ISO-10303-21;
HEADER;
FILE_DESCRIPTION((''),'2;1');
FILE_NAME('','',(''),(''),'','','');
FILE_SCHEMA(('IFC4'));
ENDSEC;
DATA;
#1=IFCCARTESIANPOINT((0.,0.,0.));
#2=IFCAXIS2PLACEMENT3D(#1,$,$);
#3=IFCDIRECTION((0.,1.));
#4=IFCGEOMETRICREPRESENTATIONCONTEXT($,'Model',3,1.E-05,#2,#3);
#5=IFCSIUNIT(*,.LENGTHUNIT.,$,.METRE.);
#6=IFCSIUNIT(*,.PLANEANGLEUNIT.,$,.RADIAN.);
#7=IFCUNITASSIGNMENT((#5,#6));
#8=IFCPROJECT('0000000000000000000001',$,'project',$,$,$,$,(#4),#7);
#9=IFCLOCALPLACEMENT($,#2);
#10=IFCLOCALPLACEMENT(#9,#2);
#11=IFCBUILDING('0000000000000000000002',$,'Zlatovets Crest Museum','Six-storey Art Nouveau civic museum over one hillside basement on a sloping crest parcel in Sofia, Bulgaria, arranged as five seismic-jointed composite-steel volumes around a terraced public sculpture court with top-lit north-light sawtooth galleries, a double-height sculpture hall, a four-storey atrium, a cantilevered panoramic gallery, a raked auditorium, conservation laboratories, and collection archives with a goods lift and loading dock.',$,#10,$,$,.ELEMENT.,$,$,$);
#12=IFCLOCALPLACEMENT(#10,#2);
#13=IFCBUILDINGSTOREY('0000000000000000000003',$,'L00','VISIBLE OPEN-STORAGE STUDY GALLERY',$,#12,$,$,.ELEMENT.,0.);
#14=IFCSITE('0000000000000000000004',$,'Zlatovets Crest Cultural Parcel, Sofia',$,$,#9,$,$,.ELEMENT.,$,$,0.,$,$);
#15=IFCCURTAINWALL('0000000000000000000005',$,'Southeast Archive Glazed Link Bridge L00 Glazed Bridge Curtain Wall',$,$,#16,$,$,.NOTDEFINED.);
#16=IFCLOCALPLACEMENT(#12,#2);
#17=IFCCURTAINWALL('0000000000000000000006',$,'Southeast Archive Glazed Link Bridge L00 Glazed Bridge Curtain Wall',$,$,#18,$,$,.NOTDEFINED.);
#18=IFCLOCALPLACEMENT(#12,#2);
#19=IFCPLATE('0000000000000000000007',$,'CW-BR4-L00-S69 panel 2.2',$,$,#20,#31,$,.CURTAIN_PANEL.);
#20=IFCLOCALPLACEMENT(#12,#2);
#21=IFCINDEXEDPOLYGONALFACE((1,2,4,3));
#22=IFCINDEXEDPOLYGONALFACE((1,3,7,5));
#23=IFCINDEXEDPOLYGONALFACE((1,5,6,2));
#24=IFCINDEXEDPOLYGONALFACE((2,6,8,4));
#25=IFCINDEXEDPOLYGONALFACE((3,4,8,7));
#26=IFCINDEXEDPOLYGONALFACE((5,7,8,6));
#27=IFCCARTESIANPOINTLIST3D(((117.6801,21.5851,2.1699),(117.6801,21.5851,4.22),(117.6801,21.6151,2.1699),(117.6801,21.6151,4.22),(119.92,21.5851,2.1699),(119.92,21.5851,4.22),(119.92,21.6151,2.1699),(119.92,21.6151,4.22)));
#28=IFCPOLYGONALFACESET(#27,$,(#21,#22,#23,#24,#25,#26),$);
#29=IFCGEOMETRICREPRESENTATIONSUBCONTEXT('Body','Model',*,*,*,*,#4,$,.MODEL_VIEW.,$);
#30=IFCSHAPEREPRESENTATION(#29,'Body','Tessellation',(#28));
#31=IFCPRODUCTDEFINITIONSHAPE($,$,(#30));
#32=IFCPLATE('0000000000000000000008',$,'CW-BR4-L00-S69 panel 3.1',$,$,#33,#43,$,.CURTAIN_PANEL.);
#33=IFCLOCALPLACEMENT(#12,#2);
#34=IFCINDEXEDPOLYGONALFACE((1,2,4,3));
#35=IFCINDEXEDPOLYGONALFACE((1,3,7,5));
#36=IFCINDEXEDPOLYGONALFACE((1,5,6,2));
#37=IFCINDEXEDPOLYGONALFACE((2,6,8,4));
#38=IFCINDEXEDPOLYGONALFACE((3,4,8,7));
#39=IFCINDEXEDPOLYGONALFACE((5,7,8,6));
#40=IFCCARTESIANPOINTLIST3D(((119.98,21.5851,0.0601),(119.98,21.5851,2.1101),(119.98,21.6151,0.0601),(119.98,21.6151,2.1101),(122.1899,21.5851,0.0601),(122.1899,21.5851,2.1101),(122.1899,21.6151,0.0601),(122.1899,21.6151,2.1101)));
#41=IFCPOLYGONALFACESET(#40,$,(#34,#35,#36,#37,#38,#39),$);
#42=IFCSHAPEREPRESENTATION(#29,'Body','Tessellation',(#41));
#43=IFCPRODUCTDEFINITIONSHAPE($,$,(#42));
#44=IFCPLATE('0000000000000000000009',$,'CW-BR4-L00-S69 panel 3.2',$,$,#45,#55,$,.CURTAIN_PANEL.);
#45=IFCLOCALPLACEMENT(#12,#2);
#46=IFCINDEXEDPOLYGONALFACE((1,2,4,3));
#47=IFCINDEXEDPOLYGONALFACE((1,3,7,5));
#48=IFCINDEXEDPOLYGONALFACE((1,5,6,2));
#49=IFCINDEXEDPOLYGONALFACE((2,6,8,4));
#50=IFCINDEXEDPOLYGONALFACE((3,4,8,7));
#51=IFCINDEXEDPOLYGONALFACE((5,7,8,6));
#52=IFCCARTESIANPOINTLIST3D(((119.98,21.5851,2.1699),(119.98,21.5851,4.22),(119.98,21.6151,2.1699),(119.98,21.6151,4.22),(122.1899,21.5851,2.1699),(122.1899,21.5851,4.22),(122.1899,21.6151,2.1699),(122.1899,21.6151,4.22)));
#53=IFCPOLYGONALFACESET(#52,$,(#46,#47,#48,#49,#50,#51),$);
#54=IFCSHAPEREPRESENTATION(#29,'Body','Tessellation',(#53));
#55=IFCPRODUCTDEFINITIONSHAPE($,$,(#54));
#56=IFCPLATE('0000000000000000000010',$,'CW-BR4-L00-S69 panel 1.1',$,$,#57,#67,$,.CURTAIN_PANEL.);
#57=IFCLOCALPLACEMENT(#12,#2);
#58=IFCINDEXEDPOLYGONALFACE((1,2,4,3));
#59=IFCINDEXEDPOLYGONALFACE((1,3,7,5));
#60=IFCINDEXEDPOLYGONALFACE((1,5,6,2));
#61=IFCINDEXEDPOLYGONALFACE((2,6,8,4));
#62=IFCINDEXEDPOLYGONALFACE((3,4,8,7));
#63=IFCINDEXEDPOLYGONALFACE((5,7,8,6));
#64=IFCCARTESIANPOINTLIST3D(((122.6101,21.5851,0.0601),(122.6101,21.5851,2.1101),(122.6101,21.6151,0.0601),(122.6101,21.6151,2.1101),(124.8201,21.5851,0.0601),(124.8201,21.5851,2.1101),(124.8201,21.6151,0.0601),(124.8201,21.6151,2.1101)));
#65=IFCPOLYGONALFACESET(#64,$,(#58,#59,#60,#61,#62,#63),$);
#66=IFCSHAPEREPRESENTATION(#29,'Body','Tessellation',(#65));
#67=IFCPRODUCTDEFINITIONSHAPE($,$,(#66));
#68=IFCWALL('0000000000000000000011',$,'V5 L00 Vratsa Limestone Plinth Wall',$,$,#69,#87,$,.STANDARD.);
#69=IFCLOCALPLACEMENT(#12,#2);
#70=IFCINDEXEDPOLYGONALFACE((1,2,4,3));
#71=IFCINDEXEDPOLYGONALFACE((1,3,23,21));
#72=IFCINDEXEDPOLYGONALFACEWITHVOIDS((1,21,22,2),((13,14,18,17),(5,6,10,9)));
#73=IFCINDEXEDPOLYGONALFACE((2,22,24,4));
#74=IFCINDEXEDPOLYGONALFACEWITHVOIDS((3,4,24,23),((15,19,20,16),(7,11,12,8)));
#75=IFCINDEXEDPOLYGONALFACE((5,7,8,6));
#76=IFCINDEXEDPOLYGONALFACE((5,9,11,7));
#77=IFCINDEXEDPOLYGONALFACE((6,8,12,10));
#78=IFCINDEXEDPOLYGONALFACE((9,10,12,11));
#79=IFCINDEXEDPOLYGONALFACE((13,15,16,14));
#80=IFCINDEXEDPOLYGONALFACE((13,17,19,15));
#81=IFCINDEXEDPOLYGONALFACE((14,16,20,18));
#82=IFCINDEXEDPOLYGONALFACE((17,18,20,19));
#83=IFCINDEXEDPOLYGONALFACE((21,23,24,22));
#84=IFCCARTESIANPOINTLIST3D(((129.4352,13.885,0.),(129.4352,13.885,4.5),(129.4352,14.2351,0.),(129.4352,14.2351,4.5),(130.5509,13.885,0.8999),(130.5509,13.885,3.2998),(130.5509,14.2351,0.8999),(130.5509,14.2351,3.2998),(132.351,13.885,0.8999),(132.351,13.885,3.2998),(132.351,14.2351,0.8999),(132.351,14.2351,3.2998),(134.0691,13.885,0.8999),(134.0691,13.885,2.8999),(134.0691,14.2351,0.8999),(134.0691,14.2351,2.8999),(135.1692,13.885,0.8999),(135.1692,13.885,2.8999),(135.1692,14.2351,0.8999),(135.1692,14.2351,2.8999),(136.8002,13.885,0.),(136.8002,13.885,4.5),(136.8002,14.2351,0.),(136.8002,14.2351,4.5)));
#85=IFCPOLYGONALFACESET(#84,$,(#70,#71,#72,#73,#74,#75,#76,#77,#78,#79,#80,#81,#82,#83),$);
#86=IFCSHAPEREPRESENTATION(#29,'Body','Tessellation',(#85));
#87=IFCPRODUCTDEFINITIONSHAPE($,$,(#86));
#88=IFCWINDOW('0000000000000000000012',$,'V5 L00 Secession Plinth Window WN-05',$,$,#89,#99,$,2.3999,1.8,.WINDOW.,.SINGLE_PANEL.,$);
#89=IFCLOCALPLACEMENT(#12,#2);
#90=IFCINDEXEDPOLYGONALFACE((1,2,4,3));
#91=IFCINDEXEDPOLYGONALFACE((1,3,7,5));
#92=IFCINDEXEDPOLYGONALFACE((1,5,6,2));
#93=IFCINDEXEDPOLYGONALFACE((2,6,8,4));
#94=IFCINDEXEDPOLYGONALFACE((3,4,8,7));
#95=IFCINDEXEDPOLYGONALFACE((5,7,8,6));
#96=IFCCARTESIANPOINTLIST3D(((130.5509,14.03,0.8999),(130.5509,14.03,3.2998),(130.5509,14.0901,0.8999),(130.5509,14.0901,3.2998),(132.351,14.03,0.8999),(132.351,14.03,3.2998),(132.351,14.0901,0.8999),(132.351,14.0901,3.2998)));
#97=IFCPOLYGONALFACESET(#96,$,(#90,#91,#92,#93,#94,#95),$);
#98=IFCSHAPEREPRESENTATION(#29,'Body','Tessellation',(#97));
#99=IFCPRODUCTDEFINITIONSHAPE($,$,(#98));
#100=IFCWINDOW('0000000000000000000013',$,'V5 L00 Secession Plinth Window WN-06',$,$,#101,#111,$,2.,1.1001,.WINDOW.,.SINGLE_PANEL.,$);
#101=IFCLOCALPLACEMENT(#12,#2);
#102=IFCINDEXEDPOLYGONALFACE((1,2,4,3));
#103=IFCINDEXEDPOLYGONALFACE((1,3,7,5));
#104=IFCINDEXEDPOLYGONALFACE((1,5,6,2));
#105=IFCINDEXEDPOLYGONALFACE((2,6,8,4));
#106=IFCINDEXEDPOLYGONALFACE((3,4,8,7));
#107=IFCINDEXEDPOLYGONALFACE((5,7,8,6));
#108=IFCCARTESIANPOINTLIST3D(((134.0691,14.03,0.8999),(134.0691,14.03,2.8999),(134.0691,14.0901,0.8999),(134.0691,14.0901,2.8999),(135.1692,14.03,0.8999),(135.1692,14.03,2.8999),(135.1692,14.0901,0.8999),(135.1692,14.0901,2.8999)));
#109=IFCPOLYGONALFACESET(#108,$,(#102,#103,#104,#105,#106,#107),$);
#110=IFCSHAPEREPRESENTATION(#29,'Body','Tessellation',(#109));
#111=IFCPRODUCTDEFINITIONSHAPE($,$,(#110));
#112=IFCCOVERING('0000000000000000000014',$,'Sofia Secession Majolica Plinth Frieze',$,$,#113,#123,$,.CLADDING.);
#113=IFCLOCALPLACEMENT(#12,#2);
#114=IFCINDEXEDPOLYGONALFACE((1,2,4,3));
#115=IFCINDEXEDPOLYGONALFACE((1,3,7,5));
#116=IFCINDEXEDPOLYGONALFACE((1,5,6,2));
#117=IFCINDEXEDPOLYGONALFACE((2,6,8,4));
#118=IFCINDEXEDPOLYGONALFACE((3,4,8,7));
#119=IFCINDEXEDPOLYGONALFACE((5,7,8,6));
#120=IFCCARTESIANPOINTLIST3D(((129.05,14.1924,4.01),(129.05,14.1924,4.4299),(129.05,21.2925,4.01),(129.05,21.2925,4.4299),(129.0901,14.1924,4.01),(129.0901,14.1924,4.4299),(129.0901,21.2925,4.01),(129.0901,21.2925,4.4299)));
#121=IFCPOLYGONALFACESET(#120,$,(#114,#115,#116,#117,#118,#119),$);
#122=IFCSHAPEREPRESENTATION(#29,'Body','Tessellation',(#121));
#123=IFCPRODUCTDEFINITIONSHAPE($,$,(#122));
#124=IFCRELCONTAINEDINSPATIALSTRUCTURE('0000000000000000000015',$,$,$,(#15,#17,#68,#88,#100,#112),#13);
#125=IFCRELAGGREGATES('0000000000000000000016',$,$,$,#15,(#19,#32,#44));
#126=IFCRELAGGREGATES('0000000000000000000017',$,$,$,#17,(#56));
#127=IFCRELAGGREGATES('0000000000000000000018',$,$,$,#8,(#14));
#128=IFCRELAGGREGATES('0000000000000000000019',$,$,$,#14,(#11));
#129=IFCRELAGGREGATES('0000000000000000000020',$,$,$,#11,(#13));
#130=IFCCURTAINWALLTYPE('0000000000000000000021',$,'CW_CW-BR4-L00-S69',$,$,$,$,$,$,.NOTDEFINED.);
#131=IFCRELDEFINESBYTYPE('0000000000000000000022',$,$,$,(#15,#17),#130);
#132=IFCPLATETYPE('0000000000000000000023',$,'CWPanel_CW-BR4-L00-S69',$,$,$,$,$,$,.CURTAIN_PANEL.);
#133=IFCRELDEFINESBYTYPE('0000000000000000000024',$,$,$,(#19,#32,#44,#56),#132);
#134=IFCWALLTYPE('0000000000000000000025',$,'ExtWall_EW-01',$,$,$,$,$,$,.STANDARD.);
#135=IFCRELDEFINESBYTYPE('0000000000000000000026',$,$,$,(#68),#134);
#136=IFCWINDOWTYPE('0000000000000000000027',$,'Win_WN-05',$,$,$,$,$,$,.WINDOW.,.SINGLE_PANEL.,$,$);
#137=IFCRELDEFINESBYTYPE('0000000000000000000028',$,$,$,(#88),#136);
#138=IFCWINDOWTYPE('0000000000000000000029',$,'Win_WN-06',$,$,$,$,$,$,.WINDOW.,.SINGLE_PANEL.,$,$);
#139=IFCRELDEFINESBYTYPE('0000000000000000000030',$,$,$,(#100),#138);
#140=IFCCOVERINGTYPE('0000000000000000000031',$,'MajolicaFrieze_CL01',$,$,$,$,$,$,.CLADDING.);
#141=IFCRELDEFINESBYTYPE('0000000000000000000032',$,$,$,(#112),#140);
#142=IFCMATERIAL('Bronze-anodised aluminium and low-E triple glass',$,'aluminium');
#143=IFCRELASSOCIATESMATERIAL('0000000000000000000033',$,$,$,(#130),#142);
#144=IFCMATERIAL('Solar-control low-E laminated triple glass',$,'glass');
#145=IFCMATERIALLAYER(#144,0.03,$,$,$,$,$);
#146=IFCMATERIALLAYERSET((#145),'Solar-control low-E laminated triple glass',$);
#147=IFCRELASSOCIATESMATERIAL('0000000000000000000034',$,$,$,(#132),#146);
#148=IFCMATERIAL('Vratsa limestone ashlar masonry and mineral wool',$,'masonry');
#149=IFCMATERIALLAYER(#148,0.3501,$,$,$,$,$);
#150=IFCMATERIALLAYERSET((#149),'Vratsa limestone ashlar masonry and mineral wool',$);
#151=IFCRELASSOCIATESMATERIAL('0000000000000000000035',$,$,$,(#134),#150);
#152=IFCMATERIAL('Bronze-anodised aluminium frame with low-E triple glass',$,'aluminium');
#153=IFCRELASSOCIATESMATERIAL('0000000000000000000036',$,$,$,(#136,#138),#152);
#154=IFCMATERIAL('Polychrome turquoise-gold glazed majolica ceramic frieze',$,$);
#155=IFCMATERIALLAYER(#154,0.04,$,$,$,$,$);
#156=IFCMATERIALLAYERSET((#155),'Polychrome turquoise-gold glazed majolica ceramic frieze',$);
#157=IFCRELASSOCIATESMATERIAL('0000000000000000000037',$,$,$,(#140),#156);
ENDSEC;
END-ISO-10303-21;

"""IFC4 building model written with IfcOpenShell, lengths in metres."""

from ifc_helpers import new_model, si_unit, direction, frame, frame_2d, origin, origin_2d, place, context, subcontext, project, spatial, rectangle, extrude, material, layer, layer_set, type_object, element, fill, aggregate, save


model = new_model("IFC4")

# Units and contexts
model_context = context("Model", 3, precision=1e-05, world=origin(), true_north=direction((0.0, 1.0)))
body_context = subcontext(model_context, "Body", "Model", "MODEL_VIEW")
ifc_project = project(units=[si_unit("LENGTHUNIT", "METRE"), si_unit("PLANEANGLEUNIT", "RADIAN")], contexts=[model_context])

# Site, building, storey
site_placement = place(None, origin())
site = spatial("IfcSite", under=ifc_project, at=site_placement, Name="Zlatovets Crest Cultural Parcel, Sofia", CompositionType="ELEMENT", RefElevation=0.0)
building_placement = place(site_placement, origin())
building = spatial("IfcBuilding", under=site, at=building_placement, Name="Zlatovets Crest Museum", Description="Six-storey Art Nouveau civic museum over one hillside basement on a sloping crest parcel in Sofia, Bulgaria, arranged as five seismic-jointed composite-steel volumes around a terraced public sculpture court with top-lit north-light sawtooth galleries, a double-height sculpture hall, a four-storey atrium, a cantilevered panoramic gallery, a raked auditorium, conservation laboratories, and collection archives with a goods lift and loading dock.", CompositionType="ELEMENT")
storey_placement = place(building_placement, origin())
storey = spatial("IfcBuildingStorey", under=building, at=storey_placement, Name="L00", Description="VISIBLE OPEN-STORAGE STUDY GALLERY", CompositionType="ELEMENT", Elevation=0.0)

# Curtain wall
ifc_material_1 = material(Name="Bronze-anodised aluminium and low-E triple glass", Category="aluminium")
curtain_wall_type = type_object("IfcCurtainWallType", Name="CW_CW-BR4-L00-S69", PredefinedType="NOTDEFINED", material=ifc_material_1)
curtain_wall_1_placement = place(storey_placement, origin())
curtain_wall_1 = element("IfcCurtainWall", 1, at=curtain_wall_1_placement, inside=storey, type_object=curtain_wall_type, Name="Southeast Archive Glazed Link Bridge L00 Glazed Bridge Curtain Wall", PredefinedType="NOTDEFINED")

# Curtain wall
curtain_wall_2_placement = place(storey_placement, origin())
curtain_wall_2 = element("IfcCurtainWall", 2, at=curtain_wall_2_placement, inside=storey, type_object=curtain_wall_type, Name="Southeast Archive Glazed Link Bridge L00 Glazed Bridge Curtain Wall", PredefinedType="NOTDEFINED")

# Plates
ifc_material_2 = material(Name="Solar-control low-E laminated triple glass", Category="glass")
ifc_layer_1 = layer(ifc_material_2, 0.03)
ifc_layer_set_1 = layer_set([ifc_layer_1], Name="Solar-control low-E laminated triple glass")
plate_type = type_object("IfcPlateType", Name="CWPanel_CW-BR4-L00-S69", PredefinedType="CURTAIN_PANEL", material=ifc_layer_set_1)
plate_1_placement = place(storey_placement, frame((118.8, 21.6001, 2.1699), z_axis=(0.0, 0.0, 1.0), x_axis=(1.0, 0.0, 0.0)))
plate_1 = element("IfcPlate", 3, at=plate_1_placement, type_object=plate_type, Name="CW-BR4-L00-S69 panel 2.2", PredefinedType="CURTAIN_PANEL", context=body_context, shape_type="SweptSolid", body=[
    extrude(rectangle(XDim=2.24, YDim=0.03, at=origin_2d()), origin(), (0.0, 0.0, 1.0), 2.05),
])
plate_2_placement = place(storey_placement, frame((121.085, 21.6001, 0.0601), z_axis=(0.0, 0.0, 1.0), x_axis=(1.0, 0.0, 0.0)))
plate_2 = element("IfcPlate", 4, at=plate_2_placement, type_object=plate_type, Name="CW-BR4-L00-S69 panel 3.1", PredefinedType="CURTAIN_PANEL", context=body_context, shape_type="SweptSolid", body=[
    extrude(rectangle(XDim=2.21, YDim=0.03, at=origin_2d()), origin(), (0.0, 0.0, 1.0), 2.05),
])
plate_3_placement = place(storey_placement, frame((121.085, 21.6001, 2.1699), z_axis=(0.0, 0.0, 1.0), x_axis=(1.0, 0.0, 0.0)))
plate_3 = element("IfcPlate", 5, at=plate_3_placement, type_object=plate_type, Name="CW-BR4-L00-S69 panel 3.2", PredefinedType="CURTAIN_PANEL", context=body_context, shape_type="SweptSolid", body=[
    extrude(rectangle(XDim=2.21, YDim=0.03, at=origin_2d()), origin(), (0.0, 0.0, 1.0), 2.05),
])
aggregate(curtain_wall_1, [plate_1, plate_2, plate_3])
plate_4_placement = place(storey_placement, frame((123.7151, 21.6001, 0.0601), z_axis=(0.0, 0.0, 1.0), x_axis=(1.0, 0.0, 0.0)))
plate_4 = element("IfcPlate", 6, at=plate_4_placement, type_object=plate_type, Name="CW-BR4-L00-S69 panel 1.1", PredefinedType="CURTAIN_PANEL", context=body_context, shape_type="SweptSolid", body=[
    extrude(rectangle(XDim=2.21, YDim=0.03, at=origin_2d()), origin(), (0.0, 0.0, 1.0), 2.05),
])
aggregate(curtain_wall_2, [plate_4])

# Wall, openings, windows
ifc_material_3 = material(Name="Vratsa limestone ashlar masonry and mineral wool", Category="masonry")
ifc_layer_2 = layer(ifc_material_3, 0.3501)
ifc_layer_set_2 = layer_set([ifc_layer_2], Name="Vratsa limestone ashlar masonry and mineral wool")
wall_type = type_object("IfcWallType", Name="ExtWall_EW-01", PredefinedType="STANDARD", material=ifc_layer_set_2)
wall_placement = place(storey_placement, frame((129.4351, 14.0601, 0.0), z_axis=(0.0, 0.0, 1.0), x_axis=(1.0, 0.0, 0.0)))
wall = element("IfcWall", 7, at=wall_placement, inside=storey, type_object=wall_type, Name="V5 L00 Vratsa Limestone Plinth Wall", PredefinedType="STANDARD", context=body_context, shape_type="SweptSolid", body=[
    extrude(rectangle(XDim=7.365, YDim=0.3501, at=frame_2d((3.6826, 0.0))), origin(), (0.0, 0.0, 1.0), 4.5),
])
opening_1_placement = place(wall_placement, frame((1.116, 0.0, 0.8999)))
opening_1 = element("IfcOpeningElement", 8, at=opening_1_placement, cuts=wall, PredefinedType="OPENING", context=body_context, shape_type="SweptSolid", body=[
    extrude(rectangle(XDim=1.8, YDim=2.3999, at=frame_2d((0.8999, 1.2))), frame((0.0, 0.1851, 0.0), z_axis=(0.0, -1.0, 0.0), x_axis=(1.0, 0.0, 0.0)), (0.0, 0.0, 1.0), 0.3701),
])
opening_2_placement = place(wall_placement, frame((4.634, 0.0, 0.8999)))
opening_2 = element("IfcOpeningElement", 9, at=opening_2_placement, cuts=wall, PredefinedType="OPENING", context=body_context, shape_type="SweptSolid", body=[
    extrude(rectangle(XDim=1.1001, YDim=2.0, at=frame_2d((0.55, 1.0))), frame((0.0, 0.1851, 0.0), z_axis=(0.0, -1.0, 0.0), x_axis=(1.0, 0.0, 0.0)), (0.0, 0.0, 1.0), 0.3701),
])
ifc_material_4 = material(Name="Bronze-anodised aluminium frame with low-E triple glass", Category="aluminium")
window_type_1 = type_object("IfcWindowType", Name="Win_WN-05", PartitioningType="SINGLE_PANEL", PredefinedType="WINDOW", material=ifc_material_4)
window_1_placement = place(opening_1_placement, origin())
window_1 = element("IfcWindow", 10, at=window_1_placement, inside=storey, type_object=window_type_1, Name="V5 L00 Secession Plinth Window WN-05", OverallHeight=2.3999, OverallWidth=1.8, PartitioningType="SINGLE_PANEL", PredefinedType="WINDOW", context=body_context, shape_type="SweptSolid", body=[
    extrude(rectangle(XDim=1.8, YDim=2.3999, at=frame_2d((0.8999, 1.2))), frame((0.0, 0.03, 0.0), z_axis=(0.0, -1.0, 0.0), x_axis=(1.0, 0.0, 0.0)), (0.0, 0.0, 1.0), 0.0601),
])
fill(opening_1, window_1)
window_type_2 = type_object("IfcWindowType", Name="Win_WN-06", PartitioningType="SINGLE_PANEL", PredefinedType="WINDOW", material=ifc_material_4)
window_2_placement = place(opening_2_placement, origin())
window_2 = element("IfcWindow", 11, at=window_2_placement, inside=storey, type_object=window_type_2, Name="V5 L00 Secession Plinth Window WN-06", OverallHeight=2.0, OverallWidth=1.1001, PartitioningType="SINGLE_PANEL", PredefinedType="WINDOW", context=body_context, shape_type="SweptSolid", body=[
    extrude(rectangle(XDim=1.1001, YDim=2.0, at=frame_2d((0.55, 1.0))), frame((0.0, 0.03, 0.0), z_axis=(0.0, -1.0, 0.0), x_axis=(1.0, 0.0, 0.0)), (0.0, 0.0, 1.0), 0.0601),
])
fill(opening_2, window_2)

# Covering
ifc_material_5 = material(Name="Polychrome turquoise-gold glazed majolica ceramic frieze")
ifc_layer_3 = layer(ifc_material_5, 0.04)
ifc_layer_set_3 = layer_set([ifc_layer_3], Name="Polychrome turquoise-gold glazed majolica ceramic frieze")
covering_type = type_object("IfcCoveringType", Name="MajolicaFrieze_CL01", PredefinedType="CLADDING", material=ifc_layer_set_3)
covering_placement = place(storey_placement, frame((129.0701, 17.7424, 4.01), z_axis=(0.0, 0.0, 1.0), x_axis=(0.0, 1.0, 0.0)))
element("IfcCovering", 12, at=covering_placement, inside=storey, type_object=covering_type, Name="Sofia Secession Majolica Plinth Frieze", PredefinedType="CLADDING", context=body_context, shape_type="SweptSolid", body=[
    extrude(rectangle(XDim=7.1001, YDim=0.04, at=origin_2d()), origin(), (0.0, 0.0, 1.0), 0.4199),
])

save(model, "model.ifc")
